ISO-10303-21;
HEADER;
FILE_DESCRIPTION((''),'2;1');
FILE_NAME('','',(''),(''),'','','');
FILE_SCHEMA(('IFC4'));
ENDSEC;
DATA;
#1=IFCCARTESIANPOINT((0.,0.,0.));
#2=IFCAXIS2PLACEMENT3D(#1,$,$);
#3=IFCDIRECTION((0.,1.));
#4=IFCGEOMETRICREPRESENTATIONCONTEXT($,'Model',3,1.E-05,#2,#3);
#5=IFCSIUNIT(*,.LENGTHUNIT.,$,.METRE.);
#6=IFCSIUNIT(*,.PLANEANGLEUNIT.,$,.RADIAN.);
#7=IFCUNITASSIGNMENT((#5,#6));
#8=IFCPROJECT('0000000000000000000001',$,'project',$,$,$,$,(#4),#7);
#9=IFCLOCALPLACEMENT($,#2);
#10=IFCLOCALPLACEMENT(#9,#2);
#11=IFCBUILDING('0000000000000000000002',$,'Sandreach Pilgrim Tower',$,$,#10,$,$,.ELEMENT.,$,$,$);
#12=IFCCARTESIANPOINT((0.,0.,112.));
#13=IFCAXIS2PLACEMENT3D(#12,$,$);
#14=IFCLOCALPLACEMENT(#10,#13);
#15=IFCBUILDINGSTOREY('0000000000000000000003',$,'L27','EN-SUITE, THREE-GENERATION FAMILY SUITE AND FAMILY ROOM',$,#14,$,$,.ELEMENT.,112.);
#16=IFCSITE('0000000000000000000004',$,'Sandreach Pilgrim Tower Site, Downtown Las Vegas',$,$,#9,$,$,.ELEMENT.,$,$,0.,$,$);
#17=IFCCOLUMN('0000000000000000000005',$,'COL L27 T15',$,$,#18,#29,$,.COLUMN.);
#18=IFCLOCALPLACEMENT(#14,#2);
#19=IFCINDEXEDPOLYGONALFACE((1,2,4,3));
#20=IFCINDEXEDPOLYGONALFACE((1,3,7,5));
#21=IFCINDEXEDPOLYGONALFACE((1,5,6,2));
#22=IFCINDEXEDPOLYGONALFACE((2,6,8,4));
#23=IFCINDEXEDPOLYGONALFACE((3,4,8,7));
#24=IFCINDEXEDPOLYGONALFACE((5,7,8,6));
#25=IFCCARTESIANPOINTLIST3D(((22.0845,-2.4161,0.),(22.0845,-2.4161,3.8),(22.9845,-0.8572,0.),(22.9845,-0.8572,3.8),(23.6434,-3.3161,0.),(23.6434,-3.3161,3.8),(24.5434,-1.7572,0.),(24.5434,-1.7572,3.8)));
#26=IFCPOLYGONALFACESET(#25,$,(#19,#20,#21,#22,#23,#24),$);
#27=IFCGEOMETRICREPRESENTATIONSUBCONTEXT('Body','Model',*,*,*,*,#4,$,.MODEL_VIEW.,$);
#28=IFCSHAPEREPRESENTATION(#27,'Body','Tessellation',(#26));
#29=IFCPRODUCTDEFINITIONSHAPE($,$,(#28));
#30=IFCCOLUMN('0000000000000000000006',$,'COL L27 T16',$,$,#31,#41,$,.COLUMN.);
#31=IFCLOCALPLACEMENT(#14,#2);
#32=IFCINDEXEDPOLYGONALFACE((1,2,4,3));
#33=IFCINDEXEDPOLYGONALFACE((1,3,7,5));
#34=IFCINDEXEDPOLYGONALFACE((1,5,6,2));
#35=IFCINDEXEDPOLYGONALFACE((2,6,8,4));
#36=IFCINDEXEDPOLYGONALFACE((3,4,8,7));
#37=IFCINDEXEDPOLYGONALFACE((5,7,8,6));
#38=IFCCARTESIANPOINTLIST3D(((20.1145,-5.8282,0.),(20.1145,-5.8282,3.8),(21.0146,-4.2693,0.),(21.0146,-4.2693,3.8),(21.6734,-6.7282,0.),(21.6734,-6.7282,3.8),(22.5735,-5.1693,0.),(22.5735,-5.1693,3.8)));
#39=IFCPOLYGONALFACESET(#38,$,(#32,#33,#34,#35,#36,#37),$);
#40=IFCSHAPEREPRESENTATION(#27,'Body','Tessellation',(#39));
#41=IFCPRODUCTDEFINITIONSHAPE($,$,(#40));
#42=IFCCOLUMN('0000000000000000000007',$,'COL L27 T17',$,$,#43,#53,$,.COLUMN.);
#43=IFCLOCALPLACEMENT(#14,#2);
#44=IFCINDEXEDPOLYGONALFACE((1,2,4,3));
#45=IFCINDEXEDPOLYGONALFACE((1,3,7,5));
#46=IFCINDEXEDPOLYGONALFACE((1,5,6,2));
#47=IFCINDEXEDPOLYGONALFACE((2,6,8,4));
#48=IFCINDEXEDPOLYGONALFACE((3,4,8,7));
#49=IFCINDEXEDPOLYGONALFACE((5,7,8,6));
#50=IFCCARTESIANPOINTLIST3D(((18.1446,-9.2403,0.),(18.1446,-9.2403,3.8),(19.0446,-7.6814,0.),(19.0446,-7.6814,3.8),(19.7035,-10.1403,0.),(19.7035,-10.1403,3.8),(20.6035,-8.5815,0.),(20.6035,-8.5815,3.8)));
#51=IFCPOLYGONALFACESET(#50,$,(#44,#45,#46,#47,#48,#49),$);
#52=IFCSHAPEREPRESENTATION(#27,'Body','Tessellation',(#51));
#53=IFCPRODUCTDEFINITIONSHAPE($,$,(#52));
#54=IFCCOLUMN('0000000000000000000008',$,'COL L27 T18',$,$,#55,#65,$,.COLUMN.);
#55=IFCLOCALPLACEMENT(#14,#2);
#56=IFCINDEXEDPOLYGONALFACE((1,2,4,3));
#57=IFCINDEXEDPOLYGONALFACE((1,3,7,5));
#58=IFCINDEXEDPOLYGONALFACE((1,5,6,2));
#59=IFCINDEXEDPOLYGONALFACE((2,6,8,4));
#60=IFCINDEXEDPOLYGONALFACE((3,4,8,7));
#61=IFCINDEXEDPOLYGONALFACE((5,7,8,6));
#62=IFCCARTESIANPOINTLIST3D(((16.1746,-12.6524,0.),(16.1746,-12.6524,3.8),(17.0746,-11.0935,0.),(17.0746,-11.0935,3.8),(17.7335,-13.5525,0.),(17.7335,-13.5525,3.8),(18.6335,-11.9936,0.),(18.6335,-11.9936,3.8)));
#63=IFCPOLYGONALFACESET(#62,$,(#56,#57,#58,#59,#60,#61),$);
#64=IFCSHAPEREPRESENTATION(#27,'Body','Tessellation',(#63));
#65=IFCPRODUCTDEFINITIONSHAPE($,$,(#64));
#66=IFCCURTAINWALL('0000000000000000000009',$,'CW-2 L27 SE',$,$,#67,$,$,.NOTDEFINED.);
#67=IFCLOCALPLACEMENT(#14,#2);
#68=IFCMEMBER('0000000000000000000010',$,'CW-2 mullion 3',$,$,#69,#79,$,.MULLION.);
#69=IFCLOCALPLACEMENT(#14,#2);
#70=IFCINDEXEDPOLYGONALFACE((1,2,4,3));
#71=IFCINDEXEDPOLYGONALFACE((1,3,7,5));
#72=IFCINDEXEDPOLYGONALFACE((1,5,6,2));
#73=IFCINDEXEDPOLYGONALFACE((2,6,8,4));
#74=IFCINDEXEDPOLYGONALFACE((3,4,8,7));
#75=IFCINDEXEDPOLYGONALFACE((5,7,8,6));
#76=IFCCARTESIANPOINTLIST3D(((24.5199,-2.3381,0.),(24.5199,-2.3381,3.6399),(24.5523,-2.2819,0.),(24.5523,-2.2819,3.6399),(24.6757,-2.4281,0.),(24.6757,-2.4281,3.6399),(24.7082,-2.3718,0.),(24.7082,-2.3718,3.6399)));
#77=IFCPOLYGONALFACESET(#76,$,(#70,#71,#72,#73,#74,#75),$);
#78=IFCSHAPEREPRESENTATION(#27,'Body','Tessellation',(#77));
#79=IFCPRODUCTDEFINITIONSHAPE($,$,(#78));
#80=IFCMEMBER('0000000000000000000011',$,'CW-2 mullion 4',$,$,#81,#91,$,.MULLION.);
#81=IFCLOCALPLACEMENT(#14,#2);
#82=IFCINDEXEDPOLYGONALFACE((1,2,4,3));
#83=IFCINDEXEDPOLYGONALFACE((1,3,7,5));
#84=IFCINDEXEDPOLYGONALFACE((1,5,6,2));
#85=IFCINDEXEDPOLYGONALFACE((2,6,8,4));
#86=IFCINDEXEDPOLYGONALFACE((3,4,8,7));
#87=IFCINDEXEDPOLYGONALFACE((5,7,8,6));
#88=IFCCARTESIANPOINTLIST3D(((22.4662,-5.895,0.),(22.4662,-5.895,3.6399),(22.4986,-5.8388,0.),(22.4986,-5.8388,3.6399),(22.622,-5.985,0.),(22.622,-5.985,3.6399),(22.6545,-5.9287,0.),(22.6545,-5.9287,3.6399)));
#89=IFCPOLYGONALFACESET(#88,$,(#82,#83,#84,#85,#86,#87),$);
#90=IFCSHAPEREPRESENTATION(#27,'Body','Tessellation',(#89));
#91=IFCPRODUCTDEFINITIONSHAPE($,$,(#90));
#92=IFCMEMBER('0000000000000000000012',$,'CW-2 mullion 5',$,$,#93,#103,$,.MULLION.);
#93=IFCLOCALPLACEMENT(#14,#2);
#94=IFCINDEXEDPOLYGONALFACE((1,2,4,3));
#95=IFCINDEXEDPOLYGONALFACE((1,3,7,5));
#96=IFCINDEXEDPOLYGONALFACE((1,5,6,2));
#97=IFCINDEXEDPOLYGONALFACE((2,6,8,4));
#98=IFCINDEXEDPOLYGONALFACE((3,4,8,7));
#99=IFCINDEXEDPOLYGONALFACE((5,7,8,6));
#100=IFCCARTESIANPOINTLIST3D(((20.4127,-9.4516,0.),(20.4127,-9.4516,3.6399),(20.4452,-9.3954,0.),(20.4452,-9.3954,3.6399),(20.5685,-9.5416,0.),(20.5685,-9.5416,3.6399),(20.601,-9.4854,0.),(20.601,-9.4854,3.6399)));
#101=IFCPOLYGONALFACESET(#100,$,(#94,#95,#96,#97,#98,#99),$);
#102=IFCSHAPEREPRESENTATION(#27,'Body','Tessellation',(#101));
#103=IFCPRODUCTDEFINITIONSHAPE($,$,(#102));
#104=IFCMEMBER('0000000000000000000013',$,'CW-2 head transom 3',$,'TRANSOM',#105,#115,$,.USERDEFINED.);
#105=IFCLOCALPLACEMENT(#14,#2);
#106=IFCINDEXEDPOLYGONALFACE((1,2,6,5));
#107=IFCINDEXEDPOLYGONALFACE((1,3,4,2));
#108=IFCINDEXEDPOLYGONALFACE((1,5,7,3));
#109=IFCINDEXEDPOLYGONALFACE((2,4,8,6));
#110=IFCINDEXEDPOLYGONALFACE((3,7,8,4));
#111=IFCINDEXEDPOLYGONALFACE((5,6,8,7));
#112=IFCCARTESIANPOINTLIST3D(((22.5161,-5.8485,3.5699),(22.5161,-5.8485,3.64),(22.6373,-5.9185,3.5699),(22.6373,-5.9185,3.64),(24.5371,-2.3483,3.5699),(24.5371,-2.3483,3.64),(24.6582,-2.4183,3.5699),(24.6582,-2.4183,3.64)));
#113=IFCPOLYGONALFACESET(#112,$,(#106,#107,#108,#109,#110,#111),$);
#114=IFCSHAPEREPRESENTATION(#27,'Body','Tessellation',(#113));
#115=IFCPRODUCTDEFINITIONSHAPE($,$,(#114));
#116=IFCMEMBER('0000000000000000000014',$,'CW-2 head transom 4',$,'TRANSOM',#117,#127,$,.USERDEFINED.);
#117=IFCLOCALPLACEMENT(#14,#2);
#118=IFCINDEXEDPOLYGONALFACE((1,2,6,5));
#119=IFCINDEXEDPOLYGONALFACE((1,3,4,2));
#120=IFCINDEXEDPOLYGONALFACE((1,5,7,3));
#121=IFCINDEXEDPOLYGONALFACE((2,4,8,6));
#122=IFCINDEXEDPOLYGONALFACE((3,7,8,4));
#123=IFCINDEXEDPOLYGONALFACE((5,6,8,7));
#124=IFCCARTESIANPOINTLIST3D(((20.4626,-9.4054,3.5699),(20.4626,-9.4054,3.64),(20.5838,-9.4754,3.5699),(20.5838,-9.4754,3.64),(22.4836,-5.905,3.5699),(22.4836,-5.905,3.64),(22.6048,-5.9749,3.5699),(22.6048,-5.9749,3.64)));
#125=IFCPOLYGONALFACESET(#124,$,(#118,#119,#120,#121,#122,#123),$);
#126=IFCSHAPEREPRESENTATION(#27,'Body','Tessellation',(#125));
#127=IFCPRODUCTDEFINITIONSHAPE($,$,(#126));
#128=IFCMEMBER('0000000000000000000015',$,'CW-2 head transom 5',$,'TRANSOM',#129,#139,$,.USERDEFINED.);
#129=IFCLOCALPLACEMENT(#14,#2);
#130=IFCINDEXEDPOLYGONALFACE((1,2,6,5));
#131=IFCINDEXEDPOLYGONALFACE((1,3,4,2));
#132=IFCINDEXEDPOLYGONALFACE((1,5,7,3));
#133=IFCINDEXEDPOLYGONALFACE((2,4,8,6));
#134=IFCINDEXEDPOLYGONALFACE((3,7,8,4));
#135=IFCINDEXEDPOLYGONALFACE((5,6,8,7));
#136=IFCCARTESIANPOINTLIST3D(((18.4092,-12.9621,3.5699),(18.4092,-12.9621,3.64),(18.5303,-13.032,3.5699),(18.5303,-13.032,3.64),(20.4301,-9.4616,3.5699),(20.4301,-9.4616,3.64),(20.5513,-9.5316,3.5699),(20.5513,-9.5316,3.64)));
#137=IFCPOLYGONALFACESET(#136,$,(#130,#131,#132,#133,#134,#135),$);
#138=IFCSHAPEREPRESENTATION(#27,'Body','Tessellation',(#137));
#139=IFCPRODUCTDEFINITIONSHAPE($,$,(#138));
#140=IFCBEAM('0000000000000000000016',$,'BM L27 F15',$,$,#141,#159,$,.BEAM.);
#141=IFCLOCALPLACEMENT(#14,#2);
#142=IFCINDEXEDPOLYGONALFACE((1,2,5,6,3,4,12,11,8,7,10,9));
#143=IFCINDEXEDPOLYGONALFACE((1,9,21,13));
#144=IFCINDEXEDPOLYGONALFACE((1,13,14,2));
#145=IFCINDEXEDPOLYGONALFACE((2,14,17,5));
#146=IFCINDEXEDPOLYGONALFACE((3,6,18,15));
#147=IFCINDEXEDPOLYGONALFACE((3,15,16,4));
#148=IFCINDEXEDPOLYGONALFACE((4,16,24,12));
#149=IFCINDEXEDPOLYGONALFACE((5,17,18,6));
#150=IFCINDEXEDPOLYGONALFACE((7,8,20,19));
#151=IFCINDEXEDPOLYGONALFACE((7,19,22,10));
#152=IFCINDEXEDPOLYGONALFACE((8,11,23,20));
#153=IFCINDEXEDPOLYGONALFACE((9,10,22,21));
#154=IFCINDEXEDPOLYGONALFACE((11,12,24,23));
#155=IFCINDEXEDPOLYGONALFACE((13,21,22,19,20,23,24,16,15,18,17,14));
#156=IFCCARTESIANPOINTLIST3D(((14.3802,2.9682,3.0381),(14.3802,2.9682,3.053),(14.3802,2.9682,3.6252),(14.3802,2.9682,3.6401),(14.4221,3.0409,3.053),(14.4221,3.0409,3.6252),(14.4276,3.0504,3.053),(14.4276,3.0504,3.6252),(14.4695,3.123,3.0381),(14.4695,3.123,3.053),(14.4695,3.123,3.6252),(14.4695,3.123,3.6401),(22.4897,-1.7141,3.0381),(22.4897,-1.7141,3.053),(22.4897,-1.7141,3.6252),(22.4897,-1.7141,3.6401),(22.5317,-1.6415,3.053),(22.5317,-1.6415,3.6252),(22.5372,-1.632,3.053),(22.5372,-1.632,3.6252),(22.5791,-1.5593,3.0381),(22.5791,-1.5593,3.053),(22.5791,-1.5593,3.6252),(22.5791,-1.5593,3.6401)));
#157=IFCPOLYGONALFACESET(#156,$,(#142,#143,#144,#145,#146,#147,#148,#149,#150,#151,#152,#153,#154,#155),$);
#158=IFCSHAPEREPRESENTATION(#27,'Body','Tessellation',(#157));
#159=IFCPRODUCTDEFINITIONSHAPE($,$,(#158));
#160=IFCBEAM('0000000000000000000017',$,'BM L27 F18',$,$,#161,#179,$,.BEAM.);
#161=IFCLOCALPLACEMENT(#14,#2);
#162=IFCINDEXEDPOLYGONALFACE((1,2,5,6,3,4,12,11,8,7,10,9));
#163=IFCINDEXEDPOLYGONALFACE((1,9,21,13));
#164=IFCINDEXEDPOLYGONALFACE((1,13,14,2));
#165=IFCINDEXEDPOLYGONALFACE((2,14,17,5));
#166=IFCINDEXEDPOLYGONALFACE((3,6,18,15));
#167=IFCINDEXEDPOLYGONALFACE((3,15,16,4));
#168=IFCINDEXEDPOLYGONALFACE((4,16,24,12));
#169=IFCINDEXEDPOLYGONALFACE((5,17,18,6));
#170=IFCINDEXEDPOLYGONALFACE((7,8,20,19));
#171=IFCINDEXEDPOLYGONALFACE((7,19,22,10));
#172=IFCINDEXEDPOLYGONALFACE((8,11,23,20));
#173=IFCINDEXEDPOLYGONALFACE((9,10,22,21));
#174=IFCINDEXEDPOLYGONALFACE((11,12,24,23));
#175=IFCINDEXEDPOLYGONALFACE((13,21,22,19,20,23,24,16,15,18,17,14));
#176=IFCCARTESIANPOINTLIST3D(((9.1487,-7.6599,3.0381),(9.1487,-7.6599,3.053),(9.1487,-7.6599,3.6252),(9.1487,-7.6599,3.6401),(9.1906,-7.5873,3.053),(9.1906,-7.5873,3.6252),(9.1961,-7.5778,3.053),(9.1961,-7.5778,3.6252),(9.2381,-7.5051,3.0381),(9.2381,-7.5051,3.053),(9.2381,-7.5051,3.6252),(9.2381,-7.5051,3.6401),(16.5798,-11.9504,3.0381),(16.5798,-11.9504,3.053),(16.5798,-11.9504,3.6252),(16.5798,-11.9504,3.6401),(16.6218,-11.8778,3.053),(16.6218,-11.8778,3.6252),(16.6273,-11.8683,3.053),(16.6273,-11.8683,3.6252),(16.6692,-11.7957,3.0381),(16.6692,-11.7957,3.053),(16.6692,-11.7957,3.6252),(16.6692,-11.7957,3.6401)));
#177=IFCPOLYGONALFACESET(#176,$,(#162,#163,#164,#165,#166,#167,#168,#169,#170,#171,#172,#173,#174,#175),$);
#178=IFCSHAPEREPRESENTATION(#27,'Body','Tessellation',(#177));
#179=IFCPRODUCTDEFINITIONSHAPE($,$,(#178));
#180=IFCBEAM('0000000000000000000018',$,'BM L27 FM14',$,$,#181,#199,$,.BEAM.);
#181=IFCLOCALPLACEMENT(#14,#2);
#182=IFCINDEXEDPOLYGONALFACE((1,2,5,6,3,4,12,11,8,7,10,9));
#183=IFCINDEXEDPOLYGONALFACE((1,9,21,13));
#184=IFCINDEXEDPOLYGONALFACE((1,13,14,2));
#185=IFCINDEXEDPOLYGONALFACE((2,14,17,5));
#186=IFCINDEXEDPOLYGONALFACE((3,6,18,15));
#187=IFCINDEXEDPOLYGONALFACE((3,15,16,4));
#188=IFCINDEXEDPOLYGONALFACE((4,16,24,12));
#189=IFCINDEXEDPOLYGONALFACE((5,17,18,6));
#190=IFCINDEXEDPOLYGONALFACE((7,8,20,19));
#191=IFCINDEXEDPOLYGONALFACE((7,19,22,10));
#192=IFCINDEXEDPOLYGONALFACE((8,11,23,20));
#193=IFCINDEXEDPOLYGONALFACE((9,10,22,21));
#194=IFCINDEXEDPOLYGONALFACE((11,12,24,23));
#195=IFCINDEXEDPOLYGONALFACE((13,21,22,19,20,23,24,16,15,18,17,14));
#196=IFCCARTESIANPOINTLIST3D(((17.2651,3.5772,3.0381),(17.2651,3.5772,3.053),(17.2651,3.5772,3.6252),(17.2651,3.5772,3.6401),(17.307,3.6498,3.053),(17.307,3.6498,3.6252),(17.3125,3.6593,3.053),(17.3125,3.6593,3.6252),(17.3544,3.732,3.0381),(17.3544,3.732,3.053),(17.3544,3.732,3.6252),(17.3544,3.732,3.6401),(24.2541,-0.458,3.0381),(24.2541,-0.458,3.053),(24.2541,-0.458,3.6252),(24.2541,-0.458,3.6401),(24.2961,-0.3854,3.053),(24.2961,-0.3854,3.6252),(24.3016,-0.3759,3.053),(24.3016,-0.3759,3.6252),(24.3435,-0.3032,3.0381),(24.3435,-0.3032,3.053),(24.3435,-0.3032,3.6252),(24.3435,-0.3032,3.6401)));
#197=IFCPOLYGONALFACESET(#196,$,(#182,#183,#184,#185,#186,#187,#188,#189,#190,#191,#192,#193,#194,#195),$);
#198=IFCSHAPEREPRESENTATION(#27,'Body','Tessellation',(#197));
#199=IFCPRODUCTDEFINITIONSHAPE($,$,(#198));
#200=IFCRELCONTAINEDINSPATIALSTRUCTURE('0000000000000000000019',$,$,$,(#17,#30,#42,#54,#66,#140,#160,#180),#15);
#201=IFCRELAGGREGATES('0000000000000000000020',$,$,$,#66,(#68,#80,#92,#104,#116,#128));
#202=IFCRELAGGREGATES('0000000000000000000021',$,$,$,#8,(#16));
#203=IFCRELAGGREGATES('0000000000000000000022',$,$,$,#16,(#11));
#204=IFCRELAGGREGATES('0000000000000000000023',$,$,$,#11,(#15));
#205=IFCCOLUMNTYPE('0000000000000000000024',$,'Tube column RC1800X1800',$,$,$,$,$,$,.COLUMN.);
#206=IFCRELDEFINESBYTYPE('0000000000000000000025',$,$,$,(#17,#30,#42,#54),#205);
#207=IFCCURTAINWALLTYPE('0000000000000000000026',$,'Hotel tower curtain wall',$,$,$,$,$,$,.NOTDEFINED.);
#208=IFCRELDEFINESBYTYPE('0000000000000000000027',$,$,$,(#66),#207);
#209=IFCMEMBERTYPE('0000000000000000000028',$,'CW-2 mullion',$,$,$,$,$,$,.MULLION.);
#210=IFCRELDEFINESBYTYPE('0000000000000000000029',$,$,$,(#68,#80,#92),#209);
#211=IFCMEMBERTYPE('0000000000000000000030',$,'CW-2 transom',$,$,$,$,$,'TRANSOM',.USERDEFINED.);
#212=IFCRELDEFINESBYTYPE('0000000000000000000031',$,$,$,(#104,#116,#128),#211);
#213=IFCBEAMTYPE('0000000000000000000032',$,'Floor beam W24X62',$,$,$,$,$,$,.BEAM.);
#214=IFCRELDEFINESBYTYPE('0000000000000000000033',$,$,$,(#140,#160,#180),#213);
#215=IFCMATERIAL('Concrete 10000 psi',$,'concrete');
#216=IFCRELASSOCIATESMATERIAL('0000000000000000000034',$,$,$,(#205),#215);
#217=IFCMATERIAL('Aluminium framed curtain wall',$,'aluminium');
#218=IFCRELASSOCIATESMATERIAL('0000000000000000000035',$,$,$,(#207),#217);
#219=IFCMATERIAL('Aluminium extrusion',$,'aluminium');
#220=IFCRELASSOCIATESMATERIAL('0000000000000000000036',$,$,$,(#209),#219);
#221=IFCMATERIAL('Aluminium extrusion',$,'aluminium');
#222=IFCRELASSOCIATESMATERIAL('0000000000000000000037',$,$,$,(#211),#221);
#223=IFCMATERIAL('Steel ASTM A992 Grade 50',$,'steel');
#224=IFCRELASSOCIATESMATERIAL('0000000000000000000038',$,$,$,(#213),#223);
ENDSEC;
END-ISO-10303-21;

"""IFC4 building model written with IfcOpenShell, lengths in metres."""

from ifc_helpers import new_model, si_unit, direction, frame, origin, origin_2d, place, context, subcontext, project, spatial, rectangle, i_section, extrude, material, material_profile, profile_set, type_object, element, aggregate, save


model = new_model("IFC4")

# Units and contexts
model_context = context("Model", 3, precision=1e-05, world=origin(), true_north=direction((0.0, 1.0)))
body_context = subcontext(model_context, "Body", "Model", "MODEL_VIEW")
ifc_project = project(units=[si_unit("LENGTHUNIT", "METRE"), si_unit("PLANEANGLEUNIT", "RADIAN")], contexts=[model_context])

# Site, building, storey
site_placement = place(None, origin())
site = spatial("IfcSite", under=ifc_project, at=site_placement, Name="Sandreach Pilgrim Tower Site, Downtown Las Vegas", CompositionType="ELEMENT", RefElevation=0.0)
building_placement = place(site_placement, origin())
building = spatial("IfcBuilding", under=site, at=building_placement, Name="Sandreach Pilgrim Tower", CompositionType="ELEMENT")
storey_placement = place(building_placement, frame((0.0, 0.0, 112.0)))
storey = spatial("IfcBuildingStorey", under=building, at=storey_placement, Name="L27", Description="EN-SUITE, THREE-GENERATION FAMILY SUITE AND FAMILY ROOM", CompositionType="ELEMENT", Elevation=112.0)

# Columns
ifc_material_1 = material(Name="Concrete 10000 psi", Category="concrete")
ifc_material_profile_1 = material_profile(ifc_material_1, rectangle(XDim=1.8, YDim=1.8, at=origin_2d()), Name="RC1800X1800")
ifc_profile_set_1 = profile_set([ifc_material_profile_1], Name="Concrete 10000 psi")
column_type = type_object("IfcColumnType", Name="Tube column RC1800X1800", PredefinedType="COLUMN", material=ifc_profile_set_1)
for number, where, z_axis, x_axis, name in (
    (1, (23.314, -2.0867, 0.0), (0.0, 0.0, 1.0), (0.866025, -0.5, 0.0), "COL L27 T15"),
    (2, (21.344, -5.4988, 0.0), (0.0, 0.0, 1.0), (0.866025, -0.5, 0.0), "COL L27 T16"),
    (3, (19.374, -8.9109, 0.0), (0.0, 0.0, 1.0), (0.866025, -0.5, 0.0), "COL L27 T17"),
    (4, (17.4041, -12.323, 0.0), (0.0, 0.0, 1.0), (0.866025, -0.5, 0.0), "COL L27 T18"),
):
    element("IfcColumn", number, at=place(storey_placement, frame(where, z_axis=z_axis, x_axis=x_axis)), inside=storey, type_object=column_type, Name=name, PredefinedType="COLUMN", context=body_context, shape_type="SweptSolid", body=[
        extrude(rectangle(XDim=1.8, YDim=1.8, at=origin_2d()), origin(), (0.0, 0.0, 1.0), 3.8),
    ])

# Curtain wall, members
ifc_material_2 = material(Name="Aluminium framed curtain wall", Category="aluminium")
curtain_wall_type = type_object("IfcCurtainWallType", Name="Hotel tower curtain wall", PredefinedType="NOTDEFINED", material=ifc_material_2)
curtain_wall_placement = place(storey_placement, origin())
curtain_wall = element("IfcCurtainWall", 5, at=curtain_wall_placement, inside=storey, type_object=curtain_wall_type, Name="CW-2 L27 SE", PredefinedType="NOTDEFINED")
ifc_material_3 = material(Name="Aluminium extrusion", Category="aluminium")
ifc_material_profile_2 = material_profile(ifc_material_3, rectangle(XDim=0.0649, YDim=0.1799, at=origin_2d()), Name="CW-2M 65X180")
ifc_profile_set_2 = profile_set([ifc_material_profile_2], Name="Aluminium extrusion")
member_type_1 = type_object("IfcMemberType", Name="CW-2 mullion", PredefinedType="MULLION", material=ifc_profile_set_2)
member_1_placement = place(storey_placement, frame((24.614, -2.355, 0.0), z_axis=(0.0, 0.0, 1.0), x_axis=(-0.5, -0.866025, 0.0)))
member_1 = element("IfcMember", 6, at=member_1_placement, type_object=member_type_1, Name="CW-2 mullion 3", PredefinedType="MULLION", context=body_context, shape_type="SweptSolid", body=[
    extrude(rectangle(XDim=0.0649, YDim=0.1799, at=origin_2d()), origin(), (0.0, 0.0, 1.0), 3.6399),
])
member_2_placement = place(storey_placement, frame((22.5603, -5.9119, 0.0), z_axis=(0.0, 0.0, 1.0), x_axis=(-0.5, -0.866025, 0.0)))
member_2 = element("IfcMember", 7, at=member_2_placement, type_object=member_type_1, Name="CW-2 mullion 4", PredefinedType="MULLION", context=body_context, shape_type="SweptSolid", body=[
    extrude(rectangle(XDim=0.0649, YDim=0.1799, at=origin_2d()), origin(), (0.0, 0.0, 1.0), 3.6399),
])
member_3_placement = place(storey_placement, frame((20.5068, -9.4685, 0.0), z_axis=(0.0, 0.0, 1.0), x_axis=(-0.5, -0.866025, 0.0)))
member_3 = element("IfcMember", 8, at=member_3_placement, type_object=member_type_1, Name="CW-2 mullion 5", PredefinedType="MULLION", context=body_context, shape_type="SweptSolid", body=[
    extrude(rectangle(XDim=0.0649, YDim=0.1799, at=origin_2d()), origin(), (0.0, 0.0, 1.0), 3.6399),
])
ifc_material_4 = material(Name="Aluminium extrusion", Category="aluminium")
ifc_material_profile_3 = material_profile(ifc_material_4, rectangle(XDim=0.1399, YDim=0.0701, at=origin_2d()), Name="CW-2T 140X70")
ifc_profile_set_3 = profile_set([ifc_material_profile_3], Name="Aluminium extrusion")
member_type_2 = type_object("IfcMemberType", Name="CW-2 transom", ElementType="TRANSOM", PredefinedType="USERDEFINED", material=ifc_profile_set_3)
member_4_placement = place(storey_placement, frame((24.5977, -2.3833, 3.605), z_axis=(-0.500024, -0.866012, 0.0), x_axis=(0.866012, -0.500024, 0.0)))
member_4 = element("IfcMember", 9, at=member_4_placement, type_object=member_type_2, Name="CW-2 head transom 3", ObjectType="TRANSOM", PredefinedType="USERDEFINED", context=body_context, shape_type="SweptSolid", body=[
    extrude(rectangle(XDim=0.1399, YDim=0.0701, at=origin_2d()), origin(), (0.0, 0.0, 1.0), 4.0417),
])
member_5_placement = place(storey_placement, frame((22.5442, -5.9399, 3.605), z_axis=(-0.499998, -0.866027, 0.0), x_axis=(0.866027, -0.499998, 0.0)))
member_5 = element("IfcMember", 10, at=member_5_placement, type_object=member_type_2, Name="CW-2 head transom 4", ObjectType="TRANSOM", PredefinedType="USERDEFINED", context=body_context, shape_type="SweptSolid", body=[
    extrude(rectangle(XDim=0.1399, YDim=0.0701, at=origin_2d()), origin(), (0.0, 0.0, 1.0), 4.042),
])
member_6_placement = place(storey_placement, frame((20.4907, -9.4966, 3.605), z_axis=(-0.499998, -0.866027, 0.0), x_axis=(0.866027, -0.499998, 0.0)))
member_6 = element("IfcMember", 11, at=member_6_placement, type_object=member_type_2, Name="CW-2 head transom 5", ObjectType="TRANSOM", PredefinedType="USERDEFINED", context=body_context, shape_type="SweptSolid", body=[
    extrude(rectangle(XDim=0.1399, YDim=0.0701, at=origin_2d()), origin(), (0.0, 0.0, 1.0), 4.042),
])

# Beams
ifc_material_5 = material(Name="Steel ASTM A992 Grade 50", Category="steel")
ifc_material_profile_4 = material_profile(ifc_material_5, i_section(OverallWidth=0.1787, OverallDepth=0.6021, WebThickness=0.011, FlangeThickness=0.0149, at=origin_2d()), Name="W24X62")
ifc_profile_set_4 = profile_set([ifc_material_profile_4], Name="Steel ASTM A992 Grade 50")
beam_type_1 = type_object("IfcBeamType", Name="Floor beam W24X62", PredefinedType="BEAM", material=ifc_profile_set_4)
beam_1_placement = place(storey_placement, frame((22.5344, -1.6367, 3.3391), z_axis=(-0.866012, 0.500023, 0.0), x_axis=(-0.500023, -0.866012, 0.0)))
element("IfcBeam", 12, at=beam_1_placement, inside=storey, type_object=beam_type_1, Name="BM L27 F15", PredefinedType="BEAM", context=body_context, shape_type="SweptSolid", body=[
    extrude(i_section(OverallWidth=0.1787, OverallDepth=0.6021, WebThickness=0.011, FlangeThickness=0.0149, at=origin_2d()), origin(), (0.0, 0.0, 1.0), 9.3643),
])
beam_2_placement = place(storey_placement, frame((16.6245, -11.873, 3.3391), z_axis=(-0.866018, 0.500013, 0.0), x_axis=(-0.500013, -0.866018, 0.0)))
element("IfcBeam", 13, at=beam_2_placement, inside=storey, type_object=beam_type_1, Name="BM L27 F18", PredefinedType="BEAM", context=body_context, shape_type="SweptSolid", body=[
    extrude(i_section(OverallWidth=0.1787, OverallDepth=0.6021, WebThickness=0.011, FlangeThickness=0.0149, at=origin_2d()), origin(), (0.0, 0.0, 1.0), 8.5808),
])
beam_3_placement = place(storey_placement, frame((24.2988, -0.3806, 3.3391), z_axis=(-0.866023, 0.500004, 0.0), x_axis=(-0.500004, -0.866023, 0.0)))
element("IfcBeam", 14, at=beam_3_placement, inside=storey, type_object=beam_type_1, Name="BM L27 FM14", PredefinedType="BEAM", context=body_context, shape_type="SweptSolid", body=[
    extrude(i_section(OverallWidth=0.1787, OverallDepth=0.6021, WebThickness=0.011, FlangeThickness=0.0149, at=origin_2d()), origin(), (0.0, 0.0, 1.0), 8.0703),
])

aggregate(curtain_wall, [member_1, member_2, member_3, member_4, member_5, member_6])

save(model, "model.ifc")
